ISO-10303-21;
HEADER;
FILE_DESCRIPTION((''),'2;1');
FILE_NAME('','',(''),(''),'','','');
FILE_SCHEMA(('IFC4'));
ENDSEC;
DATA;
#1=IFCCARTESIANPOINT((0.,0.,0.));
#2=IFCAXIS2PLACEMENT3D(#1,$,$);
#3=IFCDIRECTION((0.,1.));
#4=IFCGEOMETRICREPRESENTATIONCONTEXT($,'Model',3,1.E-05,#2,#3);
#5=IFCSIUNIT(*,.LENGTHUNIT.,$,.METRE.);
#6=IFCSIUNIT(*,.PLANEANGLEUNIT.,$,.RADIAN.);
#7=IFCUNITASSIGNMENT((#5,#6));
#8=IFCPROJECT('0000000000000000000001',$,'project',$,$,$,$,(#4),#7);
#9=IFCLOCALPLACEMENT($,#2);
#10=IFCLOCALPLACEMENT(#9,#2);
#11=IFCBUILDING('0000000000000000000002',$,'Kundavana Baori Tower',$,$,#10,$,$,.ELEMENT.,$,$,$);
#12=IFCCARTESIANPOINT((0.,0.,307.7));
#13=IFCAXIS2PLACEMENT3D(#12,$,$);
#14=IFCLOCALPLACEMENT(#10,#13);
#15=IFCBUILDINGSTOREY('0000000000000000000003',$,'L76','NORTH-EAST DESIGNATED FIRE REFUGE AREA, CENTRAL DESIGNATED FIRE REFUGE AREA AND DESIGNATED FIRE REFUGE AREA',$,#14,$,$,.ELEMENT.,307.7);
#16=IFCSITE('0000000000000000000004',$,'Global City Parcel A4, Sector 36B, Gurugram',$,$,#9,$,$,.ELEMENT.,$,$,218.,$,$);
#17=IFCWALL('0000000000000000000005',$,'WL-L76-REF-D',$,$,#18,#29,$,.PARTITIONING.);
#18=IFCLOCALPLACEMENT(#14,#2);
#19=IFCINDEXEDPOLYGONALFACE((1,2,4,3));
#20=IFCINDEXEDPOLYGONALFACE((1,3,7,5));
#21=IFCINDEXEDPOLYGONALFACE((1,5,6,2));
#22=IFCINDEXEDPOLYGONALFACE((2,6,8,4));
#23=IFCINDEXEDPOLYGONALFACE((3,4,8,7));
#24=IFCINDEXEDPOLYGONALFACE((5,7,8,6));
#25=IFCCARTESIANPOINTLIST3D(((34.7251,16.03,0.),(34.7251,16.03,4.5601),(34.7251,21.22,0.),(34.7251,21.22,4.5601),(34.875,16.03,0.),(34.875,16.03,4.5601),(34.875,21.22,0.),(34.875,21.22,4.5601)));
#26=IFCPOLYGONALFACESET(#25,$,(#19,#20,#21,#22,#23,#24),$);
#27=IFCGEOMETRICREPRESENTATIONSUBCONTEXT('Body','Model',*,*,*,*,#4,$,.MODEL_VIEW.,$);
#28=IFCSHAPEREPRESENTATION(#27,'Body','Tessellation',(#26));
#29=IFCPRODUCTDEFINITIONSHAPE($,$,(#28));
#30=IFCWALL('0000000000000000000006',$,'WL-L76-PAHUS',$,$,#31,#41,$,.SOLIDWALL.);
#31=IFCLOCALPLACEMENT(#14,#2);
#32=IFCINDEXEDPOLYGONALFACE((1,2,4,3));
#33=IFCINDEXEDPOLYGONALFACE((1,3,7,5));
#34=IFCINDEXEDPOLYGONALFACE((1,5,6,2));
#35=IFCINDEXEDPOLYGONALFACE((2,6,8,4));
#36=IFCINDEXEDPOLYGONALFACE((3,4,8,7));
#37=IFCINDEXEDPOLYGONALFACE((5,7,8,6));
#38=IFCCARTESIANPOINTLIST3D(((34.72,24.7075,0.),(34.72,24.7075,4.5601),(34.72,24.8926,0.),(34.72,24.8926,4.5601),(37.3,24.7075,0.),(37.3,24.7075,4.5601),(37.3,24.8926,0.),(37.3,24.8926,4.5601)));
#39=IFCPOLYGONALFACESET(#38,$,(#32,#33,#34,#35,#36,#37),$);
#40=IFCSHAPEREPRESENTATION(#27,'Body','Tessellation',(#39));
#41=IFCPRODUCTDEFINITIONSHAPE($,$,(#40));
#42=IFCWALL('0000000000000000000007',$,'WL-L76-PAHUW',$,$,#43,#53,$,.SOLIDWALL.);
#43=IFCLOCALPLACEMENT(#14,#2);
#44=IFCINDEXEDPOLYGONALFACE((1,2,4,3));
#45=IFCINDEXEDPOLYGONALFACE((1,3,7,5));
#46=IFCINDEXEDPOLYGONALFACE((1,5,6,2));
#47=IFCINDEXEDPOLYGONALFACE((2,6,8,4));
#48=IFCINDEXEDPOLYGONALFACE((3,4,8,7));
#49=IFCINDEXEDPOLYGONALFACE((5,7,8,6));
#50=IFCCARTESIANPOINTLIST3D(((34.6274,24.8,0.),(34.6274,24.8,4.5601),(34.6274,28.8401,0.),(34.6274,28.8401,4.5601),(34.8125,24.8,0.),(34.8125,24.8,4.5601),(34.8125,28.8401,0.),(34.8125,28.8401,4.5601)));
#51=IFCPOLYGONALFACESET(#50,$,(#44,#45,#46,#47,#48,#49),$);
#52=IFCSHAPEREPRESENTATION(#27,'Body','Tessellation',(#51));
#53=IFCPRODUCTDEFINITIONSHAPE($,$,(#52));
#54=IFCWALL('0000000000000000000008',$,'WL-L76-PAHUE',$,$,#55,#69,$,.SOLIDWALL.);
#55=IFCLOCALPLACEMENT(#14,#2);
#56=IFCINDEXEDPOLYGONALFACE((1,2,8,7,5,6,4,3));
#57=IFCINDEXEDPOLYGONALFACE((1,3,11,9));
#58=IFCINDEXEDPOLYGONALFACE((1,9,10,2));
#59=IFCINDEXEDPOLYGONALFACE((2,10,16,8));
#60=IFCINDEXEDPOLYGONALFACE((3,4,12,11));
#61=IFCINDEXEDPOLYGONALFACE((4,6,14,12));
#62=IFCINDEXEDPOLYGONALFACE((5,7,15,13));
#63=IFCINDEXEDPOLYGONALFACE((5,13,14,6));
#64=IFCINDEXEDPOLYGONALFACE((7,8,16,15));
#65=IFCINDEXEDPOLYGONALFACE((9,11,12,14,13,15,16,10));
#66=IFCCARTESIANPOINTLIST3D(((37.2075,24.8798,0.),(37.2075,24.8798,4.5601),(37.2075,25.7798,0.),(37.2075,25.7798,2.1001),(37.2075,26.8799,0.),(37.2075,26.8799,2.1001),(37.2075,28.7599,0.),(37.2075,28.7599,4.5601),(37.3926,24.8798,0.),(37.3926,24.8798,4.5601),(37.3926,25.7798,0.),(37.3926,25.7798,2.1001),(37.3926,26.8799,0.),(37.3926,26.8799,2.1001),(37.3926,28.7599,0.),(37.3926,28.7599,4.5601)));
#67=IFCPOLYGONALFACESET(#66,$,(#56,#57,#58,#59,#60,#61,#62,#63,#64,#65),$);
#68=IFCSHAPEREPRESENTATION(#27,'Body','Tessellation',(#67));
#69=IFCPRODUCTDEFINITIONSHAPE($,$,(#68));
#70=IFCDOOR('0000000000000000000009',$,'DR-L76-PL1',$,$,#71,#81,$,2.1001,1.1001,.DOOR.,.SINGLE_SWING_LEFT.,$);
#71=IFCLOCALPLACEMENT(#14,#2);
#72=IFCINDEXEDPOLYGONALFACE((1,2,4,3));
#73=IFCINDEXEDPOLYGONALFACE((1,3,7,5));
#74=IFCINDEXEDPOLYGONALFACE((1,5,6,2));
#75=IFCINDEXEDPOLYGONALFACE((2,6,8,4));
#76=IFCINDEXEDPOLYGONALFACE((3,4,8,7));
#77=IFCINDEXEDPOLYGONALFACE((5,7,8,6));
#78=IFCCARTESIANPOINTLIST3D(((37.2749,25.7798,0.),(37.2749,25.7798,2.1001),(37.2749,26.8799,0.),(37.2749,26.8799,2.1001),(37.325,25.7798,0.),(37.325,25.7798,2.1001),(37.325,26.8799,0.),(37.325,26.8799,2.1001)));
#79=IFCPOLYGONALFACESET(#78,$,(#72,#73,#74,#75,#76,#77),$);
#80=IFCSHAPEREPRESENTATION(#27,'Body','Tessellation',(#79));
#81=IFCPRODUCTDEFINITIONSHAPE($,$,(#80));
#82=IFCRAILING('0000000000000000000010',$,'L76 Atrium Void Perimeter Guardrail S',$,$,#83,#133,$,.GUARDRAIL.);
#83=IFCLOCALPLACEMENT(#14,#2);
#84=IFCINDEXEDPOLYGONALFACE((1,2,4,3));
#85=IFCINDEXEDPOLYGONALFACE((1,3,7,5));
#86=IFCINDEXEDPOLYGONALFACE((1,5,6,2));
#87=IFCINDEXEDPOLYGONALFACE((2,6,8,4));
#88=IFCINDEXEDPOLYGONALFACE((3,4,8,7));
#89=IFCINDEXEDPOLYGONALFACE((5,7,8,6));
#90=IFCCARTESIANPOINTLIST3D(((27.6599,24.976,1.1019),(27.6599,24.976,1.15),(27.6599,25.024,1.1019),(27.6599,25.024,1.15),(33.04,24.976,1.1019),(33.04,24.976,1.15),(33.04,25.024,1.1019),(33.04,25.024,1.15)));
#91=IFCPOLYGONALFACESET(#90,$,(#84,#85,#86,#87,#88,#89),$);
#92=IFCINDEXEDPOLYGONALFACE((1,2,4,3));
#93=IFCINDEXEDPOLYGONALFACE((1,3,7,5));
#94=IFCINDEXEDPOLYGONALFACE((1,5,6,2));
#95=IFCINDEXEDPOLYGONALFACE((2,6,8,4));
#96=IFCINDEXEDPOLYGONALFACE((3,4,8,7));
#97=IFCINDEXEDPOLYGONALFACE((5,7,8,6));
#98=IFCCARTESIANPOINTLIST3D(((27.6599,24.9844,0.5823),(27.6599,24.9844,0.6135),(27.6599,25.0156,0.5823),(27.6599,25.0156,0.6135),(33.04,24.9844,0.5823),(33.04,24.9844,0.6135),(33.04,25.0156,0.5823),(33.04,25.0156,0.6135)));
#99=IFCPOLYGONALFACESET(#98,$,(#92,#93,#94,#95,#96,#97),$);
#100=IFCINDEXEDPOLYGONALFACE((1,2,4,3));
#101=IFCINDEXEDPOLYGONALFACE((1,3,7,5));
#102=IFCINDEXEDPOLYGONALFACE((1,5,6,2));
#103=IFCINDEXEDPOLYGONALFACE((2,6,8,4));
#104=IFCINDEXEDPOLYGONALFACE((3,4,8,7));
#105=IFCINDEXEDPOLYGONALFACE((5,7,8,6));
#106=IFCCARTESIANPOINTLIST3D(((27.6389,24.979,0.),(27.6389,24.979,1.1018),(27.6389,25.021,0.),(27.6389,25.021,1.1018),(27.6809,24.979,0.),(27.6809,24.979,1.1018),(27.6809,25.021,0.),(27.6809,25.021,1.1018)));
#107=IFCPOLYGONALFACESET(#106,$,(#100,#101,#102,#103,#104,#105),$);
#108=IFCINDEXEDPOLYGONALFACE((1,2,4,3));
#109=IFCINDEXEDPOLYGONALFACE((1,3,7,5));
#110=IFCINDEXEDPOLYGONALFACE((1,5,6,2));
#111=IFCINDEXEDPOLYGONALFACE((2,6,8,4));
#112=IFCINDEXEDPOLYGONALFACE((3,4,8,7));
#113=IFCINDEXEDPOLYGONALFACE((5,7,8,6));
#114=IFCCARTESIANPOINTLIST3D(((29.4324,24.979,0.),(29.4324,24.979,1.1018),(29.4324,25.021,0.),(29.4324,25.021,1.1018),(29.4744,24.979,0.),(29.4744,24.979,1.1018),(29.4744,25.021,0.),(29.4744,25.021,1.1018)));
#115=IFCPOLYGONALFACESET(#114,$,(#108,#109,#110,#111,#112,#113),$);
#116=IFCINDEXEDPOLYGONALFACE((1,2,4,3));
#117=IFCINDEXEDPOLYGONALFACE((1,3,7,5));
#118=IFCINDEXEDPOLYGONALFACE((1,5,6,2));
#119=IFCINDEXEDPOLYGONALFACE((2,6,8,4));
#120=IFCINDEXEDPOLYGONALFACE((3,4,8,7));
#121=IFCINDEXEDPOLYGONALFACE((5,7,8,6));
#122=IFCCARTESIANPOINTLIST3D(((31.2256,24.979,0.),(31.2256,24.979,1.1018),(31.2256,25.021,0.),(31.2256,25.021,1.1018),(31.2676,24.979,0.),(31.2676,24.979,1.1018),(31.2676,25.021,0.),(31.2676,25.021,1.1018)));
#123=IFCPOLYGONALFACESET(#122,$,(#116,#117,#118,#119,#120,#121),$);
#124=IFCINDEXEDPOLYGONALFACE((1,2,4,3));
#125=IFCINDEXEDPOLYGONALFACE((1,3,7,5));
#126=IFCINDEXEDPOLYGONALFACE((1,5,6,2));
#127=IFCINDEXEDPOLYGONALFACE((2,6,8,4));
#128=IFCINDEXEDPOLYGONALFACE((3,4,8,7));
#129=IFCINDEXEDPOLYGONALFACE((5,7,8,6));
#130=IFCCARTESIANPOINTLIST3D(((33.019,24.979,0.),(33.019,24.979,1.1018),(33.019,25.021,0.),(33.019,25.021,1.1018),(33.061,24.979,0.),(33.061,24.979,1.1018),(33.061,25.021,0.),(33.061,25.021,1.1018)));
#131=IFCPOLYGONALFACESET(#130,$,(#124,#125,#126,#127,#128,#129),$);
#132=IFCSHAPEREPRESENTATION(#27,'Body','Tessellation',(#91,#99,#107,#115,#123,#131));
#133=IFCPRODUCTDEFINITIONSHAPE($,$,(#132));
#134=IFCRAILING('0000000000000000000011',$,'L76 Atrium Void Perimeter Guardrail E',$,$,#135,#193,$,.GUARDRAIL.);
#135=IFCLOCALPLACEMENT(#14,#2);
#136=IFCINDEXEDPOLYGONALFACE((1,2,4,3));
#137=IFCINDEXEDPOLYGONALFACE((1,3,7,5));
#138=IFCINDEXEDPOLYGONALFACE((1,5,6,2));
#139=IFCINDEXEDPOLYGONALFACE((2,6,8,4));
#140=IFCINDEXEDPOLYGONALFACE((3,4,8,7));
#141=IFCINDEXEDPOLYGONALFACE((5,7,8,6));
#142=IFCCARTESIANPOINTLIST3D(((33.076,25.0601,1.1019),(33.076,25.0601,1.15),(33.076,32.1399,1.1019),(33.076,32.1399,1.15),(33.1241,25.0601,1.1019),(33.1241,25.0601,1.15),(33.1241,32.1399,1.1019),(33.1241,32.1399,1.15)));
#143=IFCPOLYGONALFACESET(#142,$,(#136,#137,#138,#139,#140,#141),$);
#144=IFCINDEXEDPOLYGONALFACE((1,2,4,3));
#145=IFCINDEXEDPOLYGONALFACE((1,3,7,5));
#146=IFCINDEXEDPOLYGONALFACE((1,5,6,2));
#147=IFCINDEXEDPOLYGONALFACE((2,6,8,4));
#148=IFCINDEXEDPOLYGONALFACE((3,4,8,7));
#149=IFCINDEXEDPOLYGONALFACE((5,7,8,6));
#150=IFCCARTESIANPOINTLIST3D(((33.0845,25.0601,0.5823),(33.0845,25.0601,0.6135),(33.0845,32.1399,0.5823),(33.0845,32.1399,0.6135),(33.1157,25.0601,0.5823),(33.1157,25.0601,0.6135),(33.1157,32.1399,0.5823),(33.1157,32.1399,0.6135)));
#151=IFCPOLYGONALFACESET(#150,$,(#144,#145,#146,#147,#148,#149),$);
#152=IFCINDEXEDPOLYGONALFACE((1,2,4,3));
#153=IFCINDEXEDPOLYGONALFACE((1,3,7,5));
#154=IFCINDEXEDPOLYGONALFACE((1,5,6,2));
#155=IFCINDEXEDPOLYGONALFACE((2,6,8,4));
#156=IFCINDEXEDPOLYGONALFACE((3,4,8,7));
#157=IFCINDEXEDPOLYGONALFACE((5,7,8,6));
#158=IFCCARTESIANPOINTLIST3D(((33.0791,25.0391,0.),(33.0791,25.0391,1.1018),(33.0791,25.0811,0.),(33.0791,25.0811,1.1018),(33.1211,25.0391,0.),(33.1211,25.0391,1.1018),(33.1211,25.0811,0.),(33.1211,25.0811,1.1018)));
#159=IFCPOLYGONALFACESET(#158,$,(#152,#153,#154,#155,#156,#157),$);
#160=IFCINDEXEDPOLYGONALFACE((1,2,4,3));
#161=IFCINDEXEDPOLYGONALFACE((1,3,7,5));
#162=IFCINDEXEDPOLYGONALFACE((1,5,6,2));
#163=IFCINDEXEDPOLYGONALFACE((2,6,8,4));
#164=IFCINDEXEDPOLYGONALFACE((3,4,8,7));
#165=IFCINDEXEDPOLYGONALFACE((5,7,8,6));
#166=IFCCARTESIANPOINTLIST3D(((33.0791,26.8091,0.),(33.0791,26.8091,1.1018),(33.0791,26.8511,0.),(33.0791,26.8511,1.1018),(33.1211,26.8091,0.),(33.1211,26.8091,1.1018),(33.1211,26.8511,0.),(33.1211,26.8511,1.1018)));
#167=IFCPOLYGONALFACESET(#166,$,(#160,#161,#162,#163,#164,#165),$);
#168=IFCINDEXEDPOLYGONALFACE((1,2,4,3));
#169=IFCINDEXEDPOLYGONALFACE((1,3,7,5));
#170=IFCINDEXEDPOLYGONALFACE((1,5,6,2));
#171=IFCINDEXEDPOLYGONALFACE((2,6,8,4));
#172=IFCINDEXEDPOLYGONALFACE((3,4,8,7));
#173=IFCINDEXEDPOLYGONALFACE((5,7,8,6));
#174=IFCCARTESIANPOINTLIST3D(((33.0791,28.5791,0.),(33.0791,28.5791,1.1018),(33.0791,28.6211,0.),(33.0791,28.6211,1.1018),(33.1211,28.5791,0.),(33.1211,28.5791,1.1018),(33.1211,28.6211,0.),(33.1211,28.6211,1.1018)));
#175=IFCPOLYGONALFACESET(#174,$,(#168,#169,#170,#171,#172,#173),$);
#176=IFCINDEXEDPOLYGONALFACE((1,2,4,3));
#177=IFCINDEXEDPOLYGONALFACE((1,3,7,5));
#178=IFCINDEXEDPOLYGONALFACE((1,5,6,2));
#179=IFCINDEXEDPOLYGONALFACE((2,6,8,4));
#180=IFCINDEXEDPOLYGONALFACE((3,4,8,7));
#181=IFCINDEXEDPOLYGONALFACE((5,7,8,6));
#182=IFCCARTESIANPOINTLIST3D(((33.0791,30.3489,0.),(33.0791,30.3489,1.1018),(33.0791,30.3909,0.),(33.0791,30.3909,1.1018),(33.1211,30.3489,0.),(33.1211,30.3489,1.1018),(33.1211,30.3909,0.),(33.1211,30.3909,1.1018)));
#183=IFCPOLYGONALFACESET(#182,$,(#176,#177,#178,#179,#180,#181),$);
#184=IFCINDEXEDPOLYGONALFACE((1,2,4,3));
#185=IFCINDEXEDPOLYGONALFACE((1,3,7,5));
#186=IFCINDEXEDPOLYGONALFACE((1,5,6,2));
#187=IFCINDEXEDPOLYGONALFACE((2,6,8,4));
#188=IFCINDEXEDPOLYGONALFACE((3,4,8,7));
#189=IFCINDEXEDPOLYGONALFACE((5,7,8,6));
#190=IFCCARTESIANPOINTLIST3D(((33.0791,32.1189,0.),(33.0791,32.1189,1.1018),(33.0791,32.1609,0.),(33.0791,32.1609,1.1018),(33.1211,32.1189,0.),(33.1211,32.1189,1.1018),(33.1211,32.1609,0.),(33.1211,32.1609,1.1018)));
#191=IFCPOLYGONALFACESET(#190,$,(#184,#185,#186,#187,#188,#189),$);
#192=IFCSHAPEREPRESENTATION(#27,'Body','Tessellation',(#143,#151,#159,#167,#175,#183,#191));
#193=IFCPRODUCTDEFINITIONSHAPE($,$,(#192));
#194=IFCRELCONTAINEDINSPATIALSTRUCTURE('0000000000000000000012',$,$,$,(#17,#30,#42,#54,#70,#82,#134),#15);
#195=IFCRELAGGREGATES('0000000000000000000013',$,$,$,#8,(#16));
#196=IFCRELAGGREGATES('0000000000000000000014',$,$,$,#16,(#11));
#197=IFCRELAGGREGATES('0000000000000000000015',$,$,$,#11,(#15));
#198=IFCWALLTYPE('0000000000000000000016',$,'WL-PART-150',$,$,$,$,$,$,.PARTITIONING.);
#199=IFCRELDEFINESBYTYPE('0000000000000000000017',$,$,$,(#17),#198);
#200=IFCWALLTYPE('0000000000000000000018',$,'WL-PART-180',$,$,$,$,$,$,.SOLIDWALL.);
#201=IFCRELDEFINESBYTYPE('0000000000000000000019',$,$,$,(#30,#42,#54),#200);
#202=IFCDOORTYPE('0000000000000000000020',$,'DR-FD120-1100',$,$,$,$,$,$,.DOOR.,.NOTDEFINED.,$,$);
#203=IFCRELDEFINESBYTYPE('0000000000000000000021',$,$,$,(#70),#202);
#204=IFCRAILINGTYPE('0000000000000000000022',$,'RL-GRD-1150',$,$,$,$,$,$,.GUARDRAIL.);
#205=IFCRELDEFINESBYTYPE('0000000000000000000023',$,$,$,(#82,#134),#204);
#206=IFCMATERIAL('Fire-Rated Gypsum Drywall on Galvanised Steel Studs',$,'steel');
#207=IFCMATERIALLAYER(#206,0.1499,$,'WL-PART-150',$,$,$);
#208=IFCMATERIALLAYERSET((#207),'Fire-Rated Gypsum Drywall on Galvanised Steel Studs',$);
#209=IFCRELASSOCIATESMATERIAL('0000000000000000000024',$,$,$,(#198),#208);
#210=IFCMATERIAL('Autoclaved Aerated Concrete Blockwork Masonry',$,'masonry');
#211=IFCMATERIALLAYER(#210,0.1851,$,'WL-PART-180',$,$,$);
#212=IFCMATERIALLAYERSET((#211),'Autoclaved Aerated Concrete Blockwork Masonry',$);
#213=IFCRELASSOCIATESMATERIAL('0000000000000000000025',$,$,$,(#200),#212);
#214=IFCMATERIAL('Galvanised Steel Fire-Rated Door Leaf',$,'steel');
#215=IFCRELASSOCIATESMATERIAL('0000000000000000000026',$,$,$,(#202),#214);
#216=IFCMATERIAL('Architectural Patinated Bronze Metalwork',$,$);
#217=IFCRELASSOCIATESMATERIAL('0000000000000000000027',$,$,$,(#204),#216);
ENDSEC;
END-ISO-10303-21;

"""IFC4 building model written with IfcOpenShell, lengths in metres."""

from ifc_helpers import new_model, si_unit, direction, frame, frame_2d, origin, origin_2d, place, context, subcontext, project, spatial, rectangle, extrude, material, layer, layer_set, type_object, element, fill, save


model = new_model("IFC4")

# Units and contexts
model_context = context("Model", 3, precision=1e-05, world=origin(), true_north=direction((0.0, 1.0)))
body_context = subcontext(model_context, "Body", "Model", "MODEL_VIEW")
ifc_project = project(units=[si_unit("LENGTHUNIT", "METRE"), si_unit("PLANEANGLEUNIT", "RADIAN")], contexts=[model_context])

# Site, building, storey
site_placement = place(None, origin())
site = spatial("IfcSite", under=ifc_project, at=site_placement, Name="Global City Parcel A4, Sector 36B, Gurugram", CompositionType="ELEMENT", RefElevation=218.0)
building_placement = place(site_placement, origin())
building = spatial("IfcBuilding", under=site, at=building_placement, Name="Kundavana Baori Tower", CompositionType="ELEMENT")
storey_placement = place(building_placement, frame((0.0, 0.0, 307.7)))
storey = spatial("IfcBuildingStorey", under=building, at=storey_placement, Name="L76", Description="NORTH-EAST DESIGNATED FIRE REFUGE AREA, CENTRAL DESIGNATED FIRE REFUGE AREA AND DESIGNATED FIRE REFUGE AREA", CompositionType="ELEMENT", Elevation=307.7)

# Walls
ifc_material_1 = material(Name="Fire-Rated Gypsum Drywall on Galvanised Steel Studs", Category="steel")
ifc_layer_1 = layer(ifc_material_1, 0.1499, Name="WL-PART-150")
ifc_layer_set_1 = layer_set([ifc_layer_1], Name="Fire-Rated Gypsum Drywall on Galvanised Steel Studs")
wall_type_1 = type_object("IfcWallType", Name="WL-PART-150", PredefinedType="PARTITIONING", material=ifc_layer_set_1)
wall_1_placement = place(storey_placement, frame((34.8, 16.03, 0.0), z_axis=(0.0, 0.0, 1.0), x_axis=(0.0, 1.0, 0.0)))
element("IfcWall", 1, at=wall_1_placement, inside=storey, type_object=wall_type_1, Name="WL-L76-REF-D", PredefinedType="PARTITIONING", context=body_context, shape_type="SweptSolid", body=[
    extrude(rectangle(XDim=5.1899, YDim=0.1499, at=frame_2d((2.595, 0.0))), origin(), (0.0, 0.0, 1.0), 4.5601),
])
ifc_material_2 = material(Name="Autoclaved Aerated Concrete Blockwork Masonry", Category="masonry")
ifc_layer_2 = layer(ifc_material_2, 0.1851, Name="WL-PART-180")
ifc_layer_set_2 = layer_set([ifc_layer_2], Name="Autoclaved Aerated Concrete Blockwork Masonry")
wall_type_2 = type_object("IfcWallType", Name="WL-PART-180", PredefinedType="SOLIDWALL", material=ifc_layer_set_2)
wall_2_placement = place(storey_placement, frame((34.72, 24.8, 0.0), z_axis=(0.0, 0.0, 1.0), x_axis=(1.0, 0.0, 0.0)))
element("IfcWall", 2, at=wall_2_placement, inside=storey, type_object=wall_type_2, Name="WL-L76-PAHUS", PredefinedType="SOLIDWALL", context=body_context, shape_type="SweptSolid", body=[
    extrude(rectangle(XDim=2.5801, YDim=0.1851, at=frame_2d((1.29, 0.0))), origin(), (0.0, 0.0, 1.0), 4.5601),
])
wall_3_placement = place(storey_placement, frame((34.72, 24.8, 0.0), z_axis=(0.0, 0.0, 1.0), x_axis=(0.0, 1.0, 0.0)))
element("IfcWall", 3, at=wall_3_placement, inside=storey, type_object=wall_type_2, Name="WL-L76-PAHUW", PredefinedType="SOLIDWALL", context=body_context, shape_type="SweptSolid", body=[
    extrude(rectangle(XDim=4.04, YDim=0.1851, at=frame_2d((2.02, 0.0))), origin(), (0.0, 0.0, 1.0), 4.5601),
])

# Wall, opening, door
wall_4_placement = place(storey_placement, frame((37.3, 24.8799, 0.0), z_axis=(0.0, 0.0, 1.0), x_axis=(0.0, 1.0, 0.0)))
wall_4 = element("IfcWall", 4, at=wall_4_placement, inside=storey, type_object=wall_type_2, Name="WL-L76-PAHUE", PredefinedType="SOLIDWALL", context=body_context, shape_type="SweptSolid", body=[
    extrude(rectangle(XDim=3.8801, YDim=0.1851, at=frame_2d((1.9399, 0.0))), origin(), (0.0, 0.0, 1.0), 4.5601),
])
opening_placement = place(wall_4_placement, frame((0.8999, 0.0, 0.0)))
opening = element("IfcOpeningElement", 5, at=opening_placement, cuts=wall_4, PredefinedType="OPENING", context=body_context, shape_type="SweptSolid", body=[
    extrude(rectangle(XDim=1.1001, YDim=2.1001, at=frame_2d((0.55, 1.05))), frame((0.0, 0.1025, 0.0), z_axis=(0.0, -1.0, 0.0), x_axis=(1.0, 0.0, 0.0)), (0.0, 0.0, 1.0), 0.2051),
])
ifc_material_3 = material(Name="Galvanised Steel Fire-Rated Door Leaf", Category="steel")
door_type = type_object("IfcDoorType", Name="DR-FD120-1100", OperationType="NOTDEFINED", PredefinedType="DOOR", material=ifc_material_3)
door_placement = place(opening_placement, frame((1.1001, 0.0, 0.0), z_axis=(0.0, 0.0, 1.0), x_axis=(-1.0, 0.0, 0.0)))
door = element("IfcDoor", 6, at=door_placement, inside=storey, type_object=door_type, Name="DR-L76-PL1", OperationType="SINGLE_SWING_LEFT", OverallHeight=2.1001, OverallWidth=1.1001, PredefinedType="DOOR", context=body_context, shape_type="SweptSolid", body=[
    extrude(rectangle(XDim=1.1001, YDim=2.1001, at=frame_2d((0.55, 1.05))), frame((0.0, 0.0249, 0.0), z_axis=(0.0, -1.0, 0.0), x_axis=(1.0, 0.0, 0.0)), (0.0, 0.0, 1.0), 0.05),
])
fill(opening, door)

# Railings
ifc_material_4 = material(Name="Architectural Patinated Bronze Metalwork")
railing_type = type_object("IfcRailingType", Name="RL-GRD-1150", PredefinedType="GUARDRAIL", material=ifc_material_4)
railing_1_placement = place(storey_placement, frame((27.6599, 25.0, 0.0)))
element("IfcRailing", 7, at=railing_1_placement, inside=storey, type_object=railing_type, Name="L76 Atrium Void Perimeter Guardrail S", PredefinedType="GUARDRAIL", context=body_context, shape_type="SweptSolid", body=[
    extrude(rectangle(XDim=0.0481, YDim=0.0481, at=origin_2d()), frame((0.0, 0.0, 1.126), z_axis=(1.0, 0.0, 0.0), x_axis=(0.0, 1.0, 0.0)), (0.0, 0.0, 1.0), 5.3801),
    extrude(rectangle(XDim=0.0312, YDim=0.0312, at=origin_2d()), frame((0.0, 0.0, 0.5979), z_axis=(1.0, 0.0, 0.0), x_axis=(0.0, 1.0, 0.0)), (0.0, 0.0, 1.0), 5.3801),
    extrude(rectangle(XDim=0.042, YDim=0.042, at=origin_2d()), origin(), (0.0, 0.0, 1.0), 1.1018),
    extrude(rectangle(XDim=0.042, YDim=0.042, at=origin_2d()), frame((1.7935, 0.0, 0.0)), (0.0, 0.0, 1.0), 1.1018),
    extrude(rectangle(XDim=0.042, YDim=0.042, at=origin_2d()), frame((3.5867, 0.0, 0.0)), (0.0, 0.0, 1.0), 1.1018),
    extrude(rectangle(XDim=0.042, YDim=0.042, at=origin_2d()), frame((5.3801, 0.0, 0.0)), (0.0, 0.0, 1.0), 1.1018),
])
railing_2_placement = place(storey_placement, frame((33.1001, 25.0601, 0.0)))
element("IfcRailing", 8, at=railing_2_placement, inside=storey, type_object=railing_type, Name="L76 Atrium Void Perimeter Guardrail E", PredefinedType="GUARDRAIL", context=body_context, shape_type="SweptSolid", body=[
    extrude(rectangle(XDim=0.0481, YDim=0.0481, at=origin_2d()), frame((0.0, 0.0, 1.126), z_axis=(0.0, 1.0, 0.0), x_axis=(-1.0, 0.0, 0.0)), (0.0, 0.0, 1.0), 7.0798),
    extrude(rectangle(XDim=0.0312, YDim=0.0312, at=origin_2d()), frame((0.0, 0.0, 0.5979), z_axis=(0.0, 1.0, 0.0), x_axis=(-1.0, 0.0, 0.0)), (0.0, 0.0, 1.0), 7.0798),
    extrude(rectangle(XDim=0.042, YDim=0.042, at=origin_2d()), origin(), (0.0, 0.0, 1.0), 1.1018),
    extrude(rectangle(XDim=0.042, YDim=0.042, at=origin_2d()), frame((0.0, 1.77, 0.0)), (0.0, 0.0, 1.0), 1.1018),
    extrude(rectangle(XDim=0.042, YDim=0.042, at=origin_2d()), frame((0.0, 3.54, 0.0)), (0.0, 0.0, 1.0), 1.1018),
    extrude(rectangle(XDim=0.042, YDim=0.042, at=origin_2d()), frame((0.0, 5.3098, 0.0)), (0.0, 0.0, 1.0), 1.1018),
    extrude(rectangle(XDim=0.042, YDim=0.042, at=origin_2d()), frame((0.0, 7.0798, 0.0)), (0.0, 0.0, 1.0), 1.1018),
])

save(model, "model.ifc")
